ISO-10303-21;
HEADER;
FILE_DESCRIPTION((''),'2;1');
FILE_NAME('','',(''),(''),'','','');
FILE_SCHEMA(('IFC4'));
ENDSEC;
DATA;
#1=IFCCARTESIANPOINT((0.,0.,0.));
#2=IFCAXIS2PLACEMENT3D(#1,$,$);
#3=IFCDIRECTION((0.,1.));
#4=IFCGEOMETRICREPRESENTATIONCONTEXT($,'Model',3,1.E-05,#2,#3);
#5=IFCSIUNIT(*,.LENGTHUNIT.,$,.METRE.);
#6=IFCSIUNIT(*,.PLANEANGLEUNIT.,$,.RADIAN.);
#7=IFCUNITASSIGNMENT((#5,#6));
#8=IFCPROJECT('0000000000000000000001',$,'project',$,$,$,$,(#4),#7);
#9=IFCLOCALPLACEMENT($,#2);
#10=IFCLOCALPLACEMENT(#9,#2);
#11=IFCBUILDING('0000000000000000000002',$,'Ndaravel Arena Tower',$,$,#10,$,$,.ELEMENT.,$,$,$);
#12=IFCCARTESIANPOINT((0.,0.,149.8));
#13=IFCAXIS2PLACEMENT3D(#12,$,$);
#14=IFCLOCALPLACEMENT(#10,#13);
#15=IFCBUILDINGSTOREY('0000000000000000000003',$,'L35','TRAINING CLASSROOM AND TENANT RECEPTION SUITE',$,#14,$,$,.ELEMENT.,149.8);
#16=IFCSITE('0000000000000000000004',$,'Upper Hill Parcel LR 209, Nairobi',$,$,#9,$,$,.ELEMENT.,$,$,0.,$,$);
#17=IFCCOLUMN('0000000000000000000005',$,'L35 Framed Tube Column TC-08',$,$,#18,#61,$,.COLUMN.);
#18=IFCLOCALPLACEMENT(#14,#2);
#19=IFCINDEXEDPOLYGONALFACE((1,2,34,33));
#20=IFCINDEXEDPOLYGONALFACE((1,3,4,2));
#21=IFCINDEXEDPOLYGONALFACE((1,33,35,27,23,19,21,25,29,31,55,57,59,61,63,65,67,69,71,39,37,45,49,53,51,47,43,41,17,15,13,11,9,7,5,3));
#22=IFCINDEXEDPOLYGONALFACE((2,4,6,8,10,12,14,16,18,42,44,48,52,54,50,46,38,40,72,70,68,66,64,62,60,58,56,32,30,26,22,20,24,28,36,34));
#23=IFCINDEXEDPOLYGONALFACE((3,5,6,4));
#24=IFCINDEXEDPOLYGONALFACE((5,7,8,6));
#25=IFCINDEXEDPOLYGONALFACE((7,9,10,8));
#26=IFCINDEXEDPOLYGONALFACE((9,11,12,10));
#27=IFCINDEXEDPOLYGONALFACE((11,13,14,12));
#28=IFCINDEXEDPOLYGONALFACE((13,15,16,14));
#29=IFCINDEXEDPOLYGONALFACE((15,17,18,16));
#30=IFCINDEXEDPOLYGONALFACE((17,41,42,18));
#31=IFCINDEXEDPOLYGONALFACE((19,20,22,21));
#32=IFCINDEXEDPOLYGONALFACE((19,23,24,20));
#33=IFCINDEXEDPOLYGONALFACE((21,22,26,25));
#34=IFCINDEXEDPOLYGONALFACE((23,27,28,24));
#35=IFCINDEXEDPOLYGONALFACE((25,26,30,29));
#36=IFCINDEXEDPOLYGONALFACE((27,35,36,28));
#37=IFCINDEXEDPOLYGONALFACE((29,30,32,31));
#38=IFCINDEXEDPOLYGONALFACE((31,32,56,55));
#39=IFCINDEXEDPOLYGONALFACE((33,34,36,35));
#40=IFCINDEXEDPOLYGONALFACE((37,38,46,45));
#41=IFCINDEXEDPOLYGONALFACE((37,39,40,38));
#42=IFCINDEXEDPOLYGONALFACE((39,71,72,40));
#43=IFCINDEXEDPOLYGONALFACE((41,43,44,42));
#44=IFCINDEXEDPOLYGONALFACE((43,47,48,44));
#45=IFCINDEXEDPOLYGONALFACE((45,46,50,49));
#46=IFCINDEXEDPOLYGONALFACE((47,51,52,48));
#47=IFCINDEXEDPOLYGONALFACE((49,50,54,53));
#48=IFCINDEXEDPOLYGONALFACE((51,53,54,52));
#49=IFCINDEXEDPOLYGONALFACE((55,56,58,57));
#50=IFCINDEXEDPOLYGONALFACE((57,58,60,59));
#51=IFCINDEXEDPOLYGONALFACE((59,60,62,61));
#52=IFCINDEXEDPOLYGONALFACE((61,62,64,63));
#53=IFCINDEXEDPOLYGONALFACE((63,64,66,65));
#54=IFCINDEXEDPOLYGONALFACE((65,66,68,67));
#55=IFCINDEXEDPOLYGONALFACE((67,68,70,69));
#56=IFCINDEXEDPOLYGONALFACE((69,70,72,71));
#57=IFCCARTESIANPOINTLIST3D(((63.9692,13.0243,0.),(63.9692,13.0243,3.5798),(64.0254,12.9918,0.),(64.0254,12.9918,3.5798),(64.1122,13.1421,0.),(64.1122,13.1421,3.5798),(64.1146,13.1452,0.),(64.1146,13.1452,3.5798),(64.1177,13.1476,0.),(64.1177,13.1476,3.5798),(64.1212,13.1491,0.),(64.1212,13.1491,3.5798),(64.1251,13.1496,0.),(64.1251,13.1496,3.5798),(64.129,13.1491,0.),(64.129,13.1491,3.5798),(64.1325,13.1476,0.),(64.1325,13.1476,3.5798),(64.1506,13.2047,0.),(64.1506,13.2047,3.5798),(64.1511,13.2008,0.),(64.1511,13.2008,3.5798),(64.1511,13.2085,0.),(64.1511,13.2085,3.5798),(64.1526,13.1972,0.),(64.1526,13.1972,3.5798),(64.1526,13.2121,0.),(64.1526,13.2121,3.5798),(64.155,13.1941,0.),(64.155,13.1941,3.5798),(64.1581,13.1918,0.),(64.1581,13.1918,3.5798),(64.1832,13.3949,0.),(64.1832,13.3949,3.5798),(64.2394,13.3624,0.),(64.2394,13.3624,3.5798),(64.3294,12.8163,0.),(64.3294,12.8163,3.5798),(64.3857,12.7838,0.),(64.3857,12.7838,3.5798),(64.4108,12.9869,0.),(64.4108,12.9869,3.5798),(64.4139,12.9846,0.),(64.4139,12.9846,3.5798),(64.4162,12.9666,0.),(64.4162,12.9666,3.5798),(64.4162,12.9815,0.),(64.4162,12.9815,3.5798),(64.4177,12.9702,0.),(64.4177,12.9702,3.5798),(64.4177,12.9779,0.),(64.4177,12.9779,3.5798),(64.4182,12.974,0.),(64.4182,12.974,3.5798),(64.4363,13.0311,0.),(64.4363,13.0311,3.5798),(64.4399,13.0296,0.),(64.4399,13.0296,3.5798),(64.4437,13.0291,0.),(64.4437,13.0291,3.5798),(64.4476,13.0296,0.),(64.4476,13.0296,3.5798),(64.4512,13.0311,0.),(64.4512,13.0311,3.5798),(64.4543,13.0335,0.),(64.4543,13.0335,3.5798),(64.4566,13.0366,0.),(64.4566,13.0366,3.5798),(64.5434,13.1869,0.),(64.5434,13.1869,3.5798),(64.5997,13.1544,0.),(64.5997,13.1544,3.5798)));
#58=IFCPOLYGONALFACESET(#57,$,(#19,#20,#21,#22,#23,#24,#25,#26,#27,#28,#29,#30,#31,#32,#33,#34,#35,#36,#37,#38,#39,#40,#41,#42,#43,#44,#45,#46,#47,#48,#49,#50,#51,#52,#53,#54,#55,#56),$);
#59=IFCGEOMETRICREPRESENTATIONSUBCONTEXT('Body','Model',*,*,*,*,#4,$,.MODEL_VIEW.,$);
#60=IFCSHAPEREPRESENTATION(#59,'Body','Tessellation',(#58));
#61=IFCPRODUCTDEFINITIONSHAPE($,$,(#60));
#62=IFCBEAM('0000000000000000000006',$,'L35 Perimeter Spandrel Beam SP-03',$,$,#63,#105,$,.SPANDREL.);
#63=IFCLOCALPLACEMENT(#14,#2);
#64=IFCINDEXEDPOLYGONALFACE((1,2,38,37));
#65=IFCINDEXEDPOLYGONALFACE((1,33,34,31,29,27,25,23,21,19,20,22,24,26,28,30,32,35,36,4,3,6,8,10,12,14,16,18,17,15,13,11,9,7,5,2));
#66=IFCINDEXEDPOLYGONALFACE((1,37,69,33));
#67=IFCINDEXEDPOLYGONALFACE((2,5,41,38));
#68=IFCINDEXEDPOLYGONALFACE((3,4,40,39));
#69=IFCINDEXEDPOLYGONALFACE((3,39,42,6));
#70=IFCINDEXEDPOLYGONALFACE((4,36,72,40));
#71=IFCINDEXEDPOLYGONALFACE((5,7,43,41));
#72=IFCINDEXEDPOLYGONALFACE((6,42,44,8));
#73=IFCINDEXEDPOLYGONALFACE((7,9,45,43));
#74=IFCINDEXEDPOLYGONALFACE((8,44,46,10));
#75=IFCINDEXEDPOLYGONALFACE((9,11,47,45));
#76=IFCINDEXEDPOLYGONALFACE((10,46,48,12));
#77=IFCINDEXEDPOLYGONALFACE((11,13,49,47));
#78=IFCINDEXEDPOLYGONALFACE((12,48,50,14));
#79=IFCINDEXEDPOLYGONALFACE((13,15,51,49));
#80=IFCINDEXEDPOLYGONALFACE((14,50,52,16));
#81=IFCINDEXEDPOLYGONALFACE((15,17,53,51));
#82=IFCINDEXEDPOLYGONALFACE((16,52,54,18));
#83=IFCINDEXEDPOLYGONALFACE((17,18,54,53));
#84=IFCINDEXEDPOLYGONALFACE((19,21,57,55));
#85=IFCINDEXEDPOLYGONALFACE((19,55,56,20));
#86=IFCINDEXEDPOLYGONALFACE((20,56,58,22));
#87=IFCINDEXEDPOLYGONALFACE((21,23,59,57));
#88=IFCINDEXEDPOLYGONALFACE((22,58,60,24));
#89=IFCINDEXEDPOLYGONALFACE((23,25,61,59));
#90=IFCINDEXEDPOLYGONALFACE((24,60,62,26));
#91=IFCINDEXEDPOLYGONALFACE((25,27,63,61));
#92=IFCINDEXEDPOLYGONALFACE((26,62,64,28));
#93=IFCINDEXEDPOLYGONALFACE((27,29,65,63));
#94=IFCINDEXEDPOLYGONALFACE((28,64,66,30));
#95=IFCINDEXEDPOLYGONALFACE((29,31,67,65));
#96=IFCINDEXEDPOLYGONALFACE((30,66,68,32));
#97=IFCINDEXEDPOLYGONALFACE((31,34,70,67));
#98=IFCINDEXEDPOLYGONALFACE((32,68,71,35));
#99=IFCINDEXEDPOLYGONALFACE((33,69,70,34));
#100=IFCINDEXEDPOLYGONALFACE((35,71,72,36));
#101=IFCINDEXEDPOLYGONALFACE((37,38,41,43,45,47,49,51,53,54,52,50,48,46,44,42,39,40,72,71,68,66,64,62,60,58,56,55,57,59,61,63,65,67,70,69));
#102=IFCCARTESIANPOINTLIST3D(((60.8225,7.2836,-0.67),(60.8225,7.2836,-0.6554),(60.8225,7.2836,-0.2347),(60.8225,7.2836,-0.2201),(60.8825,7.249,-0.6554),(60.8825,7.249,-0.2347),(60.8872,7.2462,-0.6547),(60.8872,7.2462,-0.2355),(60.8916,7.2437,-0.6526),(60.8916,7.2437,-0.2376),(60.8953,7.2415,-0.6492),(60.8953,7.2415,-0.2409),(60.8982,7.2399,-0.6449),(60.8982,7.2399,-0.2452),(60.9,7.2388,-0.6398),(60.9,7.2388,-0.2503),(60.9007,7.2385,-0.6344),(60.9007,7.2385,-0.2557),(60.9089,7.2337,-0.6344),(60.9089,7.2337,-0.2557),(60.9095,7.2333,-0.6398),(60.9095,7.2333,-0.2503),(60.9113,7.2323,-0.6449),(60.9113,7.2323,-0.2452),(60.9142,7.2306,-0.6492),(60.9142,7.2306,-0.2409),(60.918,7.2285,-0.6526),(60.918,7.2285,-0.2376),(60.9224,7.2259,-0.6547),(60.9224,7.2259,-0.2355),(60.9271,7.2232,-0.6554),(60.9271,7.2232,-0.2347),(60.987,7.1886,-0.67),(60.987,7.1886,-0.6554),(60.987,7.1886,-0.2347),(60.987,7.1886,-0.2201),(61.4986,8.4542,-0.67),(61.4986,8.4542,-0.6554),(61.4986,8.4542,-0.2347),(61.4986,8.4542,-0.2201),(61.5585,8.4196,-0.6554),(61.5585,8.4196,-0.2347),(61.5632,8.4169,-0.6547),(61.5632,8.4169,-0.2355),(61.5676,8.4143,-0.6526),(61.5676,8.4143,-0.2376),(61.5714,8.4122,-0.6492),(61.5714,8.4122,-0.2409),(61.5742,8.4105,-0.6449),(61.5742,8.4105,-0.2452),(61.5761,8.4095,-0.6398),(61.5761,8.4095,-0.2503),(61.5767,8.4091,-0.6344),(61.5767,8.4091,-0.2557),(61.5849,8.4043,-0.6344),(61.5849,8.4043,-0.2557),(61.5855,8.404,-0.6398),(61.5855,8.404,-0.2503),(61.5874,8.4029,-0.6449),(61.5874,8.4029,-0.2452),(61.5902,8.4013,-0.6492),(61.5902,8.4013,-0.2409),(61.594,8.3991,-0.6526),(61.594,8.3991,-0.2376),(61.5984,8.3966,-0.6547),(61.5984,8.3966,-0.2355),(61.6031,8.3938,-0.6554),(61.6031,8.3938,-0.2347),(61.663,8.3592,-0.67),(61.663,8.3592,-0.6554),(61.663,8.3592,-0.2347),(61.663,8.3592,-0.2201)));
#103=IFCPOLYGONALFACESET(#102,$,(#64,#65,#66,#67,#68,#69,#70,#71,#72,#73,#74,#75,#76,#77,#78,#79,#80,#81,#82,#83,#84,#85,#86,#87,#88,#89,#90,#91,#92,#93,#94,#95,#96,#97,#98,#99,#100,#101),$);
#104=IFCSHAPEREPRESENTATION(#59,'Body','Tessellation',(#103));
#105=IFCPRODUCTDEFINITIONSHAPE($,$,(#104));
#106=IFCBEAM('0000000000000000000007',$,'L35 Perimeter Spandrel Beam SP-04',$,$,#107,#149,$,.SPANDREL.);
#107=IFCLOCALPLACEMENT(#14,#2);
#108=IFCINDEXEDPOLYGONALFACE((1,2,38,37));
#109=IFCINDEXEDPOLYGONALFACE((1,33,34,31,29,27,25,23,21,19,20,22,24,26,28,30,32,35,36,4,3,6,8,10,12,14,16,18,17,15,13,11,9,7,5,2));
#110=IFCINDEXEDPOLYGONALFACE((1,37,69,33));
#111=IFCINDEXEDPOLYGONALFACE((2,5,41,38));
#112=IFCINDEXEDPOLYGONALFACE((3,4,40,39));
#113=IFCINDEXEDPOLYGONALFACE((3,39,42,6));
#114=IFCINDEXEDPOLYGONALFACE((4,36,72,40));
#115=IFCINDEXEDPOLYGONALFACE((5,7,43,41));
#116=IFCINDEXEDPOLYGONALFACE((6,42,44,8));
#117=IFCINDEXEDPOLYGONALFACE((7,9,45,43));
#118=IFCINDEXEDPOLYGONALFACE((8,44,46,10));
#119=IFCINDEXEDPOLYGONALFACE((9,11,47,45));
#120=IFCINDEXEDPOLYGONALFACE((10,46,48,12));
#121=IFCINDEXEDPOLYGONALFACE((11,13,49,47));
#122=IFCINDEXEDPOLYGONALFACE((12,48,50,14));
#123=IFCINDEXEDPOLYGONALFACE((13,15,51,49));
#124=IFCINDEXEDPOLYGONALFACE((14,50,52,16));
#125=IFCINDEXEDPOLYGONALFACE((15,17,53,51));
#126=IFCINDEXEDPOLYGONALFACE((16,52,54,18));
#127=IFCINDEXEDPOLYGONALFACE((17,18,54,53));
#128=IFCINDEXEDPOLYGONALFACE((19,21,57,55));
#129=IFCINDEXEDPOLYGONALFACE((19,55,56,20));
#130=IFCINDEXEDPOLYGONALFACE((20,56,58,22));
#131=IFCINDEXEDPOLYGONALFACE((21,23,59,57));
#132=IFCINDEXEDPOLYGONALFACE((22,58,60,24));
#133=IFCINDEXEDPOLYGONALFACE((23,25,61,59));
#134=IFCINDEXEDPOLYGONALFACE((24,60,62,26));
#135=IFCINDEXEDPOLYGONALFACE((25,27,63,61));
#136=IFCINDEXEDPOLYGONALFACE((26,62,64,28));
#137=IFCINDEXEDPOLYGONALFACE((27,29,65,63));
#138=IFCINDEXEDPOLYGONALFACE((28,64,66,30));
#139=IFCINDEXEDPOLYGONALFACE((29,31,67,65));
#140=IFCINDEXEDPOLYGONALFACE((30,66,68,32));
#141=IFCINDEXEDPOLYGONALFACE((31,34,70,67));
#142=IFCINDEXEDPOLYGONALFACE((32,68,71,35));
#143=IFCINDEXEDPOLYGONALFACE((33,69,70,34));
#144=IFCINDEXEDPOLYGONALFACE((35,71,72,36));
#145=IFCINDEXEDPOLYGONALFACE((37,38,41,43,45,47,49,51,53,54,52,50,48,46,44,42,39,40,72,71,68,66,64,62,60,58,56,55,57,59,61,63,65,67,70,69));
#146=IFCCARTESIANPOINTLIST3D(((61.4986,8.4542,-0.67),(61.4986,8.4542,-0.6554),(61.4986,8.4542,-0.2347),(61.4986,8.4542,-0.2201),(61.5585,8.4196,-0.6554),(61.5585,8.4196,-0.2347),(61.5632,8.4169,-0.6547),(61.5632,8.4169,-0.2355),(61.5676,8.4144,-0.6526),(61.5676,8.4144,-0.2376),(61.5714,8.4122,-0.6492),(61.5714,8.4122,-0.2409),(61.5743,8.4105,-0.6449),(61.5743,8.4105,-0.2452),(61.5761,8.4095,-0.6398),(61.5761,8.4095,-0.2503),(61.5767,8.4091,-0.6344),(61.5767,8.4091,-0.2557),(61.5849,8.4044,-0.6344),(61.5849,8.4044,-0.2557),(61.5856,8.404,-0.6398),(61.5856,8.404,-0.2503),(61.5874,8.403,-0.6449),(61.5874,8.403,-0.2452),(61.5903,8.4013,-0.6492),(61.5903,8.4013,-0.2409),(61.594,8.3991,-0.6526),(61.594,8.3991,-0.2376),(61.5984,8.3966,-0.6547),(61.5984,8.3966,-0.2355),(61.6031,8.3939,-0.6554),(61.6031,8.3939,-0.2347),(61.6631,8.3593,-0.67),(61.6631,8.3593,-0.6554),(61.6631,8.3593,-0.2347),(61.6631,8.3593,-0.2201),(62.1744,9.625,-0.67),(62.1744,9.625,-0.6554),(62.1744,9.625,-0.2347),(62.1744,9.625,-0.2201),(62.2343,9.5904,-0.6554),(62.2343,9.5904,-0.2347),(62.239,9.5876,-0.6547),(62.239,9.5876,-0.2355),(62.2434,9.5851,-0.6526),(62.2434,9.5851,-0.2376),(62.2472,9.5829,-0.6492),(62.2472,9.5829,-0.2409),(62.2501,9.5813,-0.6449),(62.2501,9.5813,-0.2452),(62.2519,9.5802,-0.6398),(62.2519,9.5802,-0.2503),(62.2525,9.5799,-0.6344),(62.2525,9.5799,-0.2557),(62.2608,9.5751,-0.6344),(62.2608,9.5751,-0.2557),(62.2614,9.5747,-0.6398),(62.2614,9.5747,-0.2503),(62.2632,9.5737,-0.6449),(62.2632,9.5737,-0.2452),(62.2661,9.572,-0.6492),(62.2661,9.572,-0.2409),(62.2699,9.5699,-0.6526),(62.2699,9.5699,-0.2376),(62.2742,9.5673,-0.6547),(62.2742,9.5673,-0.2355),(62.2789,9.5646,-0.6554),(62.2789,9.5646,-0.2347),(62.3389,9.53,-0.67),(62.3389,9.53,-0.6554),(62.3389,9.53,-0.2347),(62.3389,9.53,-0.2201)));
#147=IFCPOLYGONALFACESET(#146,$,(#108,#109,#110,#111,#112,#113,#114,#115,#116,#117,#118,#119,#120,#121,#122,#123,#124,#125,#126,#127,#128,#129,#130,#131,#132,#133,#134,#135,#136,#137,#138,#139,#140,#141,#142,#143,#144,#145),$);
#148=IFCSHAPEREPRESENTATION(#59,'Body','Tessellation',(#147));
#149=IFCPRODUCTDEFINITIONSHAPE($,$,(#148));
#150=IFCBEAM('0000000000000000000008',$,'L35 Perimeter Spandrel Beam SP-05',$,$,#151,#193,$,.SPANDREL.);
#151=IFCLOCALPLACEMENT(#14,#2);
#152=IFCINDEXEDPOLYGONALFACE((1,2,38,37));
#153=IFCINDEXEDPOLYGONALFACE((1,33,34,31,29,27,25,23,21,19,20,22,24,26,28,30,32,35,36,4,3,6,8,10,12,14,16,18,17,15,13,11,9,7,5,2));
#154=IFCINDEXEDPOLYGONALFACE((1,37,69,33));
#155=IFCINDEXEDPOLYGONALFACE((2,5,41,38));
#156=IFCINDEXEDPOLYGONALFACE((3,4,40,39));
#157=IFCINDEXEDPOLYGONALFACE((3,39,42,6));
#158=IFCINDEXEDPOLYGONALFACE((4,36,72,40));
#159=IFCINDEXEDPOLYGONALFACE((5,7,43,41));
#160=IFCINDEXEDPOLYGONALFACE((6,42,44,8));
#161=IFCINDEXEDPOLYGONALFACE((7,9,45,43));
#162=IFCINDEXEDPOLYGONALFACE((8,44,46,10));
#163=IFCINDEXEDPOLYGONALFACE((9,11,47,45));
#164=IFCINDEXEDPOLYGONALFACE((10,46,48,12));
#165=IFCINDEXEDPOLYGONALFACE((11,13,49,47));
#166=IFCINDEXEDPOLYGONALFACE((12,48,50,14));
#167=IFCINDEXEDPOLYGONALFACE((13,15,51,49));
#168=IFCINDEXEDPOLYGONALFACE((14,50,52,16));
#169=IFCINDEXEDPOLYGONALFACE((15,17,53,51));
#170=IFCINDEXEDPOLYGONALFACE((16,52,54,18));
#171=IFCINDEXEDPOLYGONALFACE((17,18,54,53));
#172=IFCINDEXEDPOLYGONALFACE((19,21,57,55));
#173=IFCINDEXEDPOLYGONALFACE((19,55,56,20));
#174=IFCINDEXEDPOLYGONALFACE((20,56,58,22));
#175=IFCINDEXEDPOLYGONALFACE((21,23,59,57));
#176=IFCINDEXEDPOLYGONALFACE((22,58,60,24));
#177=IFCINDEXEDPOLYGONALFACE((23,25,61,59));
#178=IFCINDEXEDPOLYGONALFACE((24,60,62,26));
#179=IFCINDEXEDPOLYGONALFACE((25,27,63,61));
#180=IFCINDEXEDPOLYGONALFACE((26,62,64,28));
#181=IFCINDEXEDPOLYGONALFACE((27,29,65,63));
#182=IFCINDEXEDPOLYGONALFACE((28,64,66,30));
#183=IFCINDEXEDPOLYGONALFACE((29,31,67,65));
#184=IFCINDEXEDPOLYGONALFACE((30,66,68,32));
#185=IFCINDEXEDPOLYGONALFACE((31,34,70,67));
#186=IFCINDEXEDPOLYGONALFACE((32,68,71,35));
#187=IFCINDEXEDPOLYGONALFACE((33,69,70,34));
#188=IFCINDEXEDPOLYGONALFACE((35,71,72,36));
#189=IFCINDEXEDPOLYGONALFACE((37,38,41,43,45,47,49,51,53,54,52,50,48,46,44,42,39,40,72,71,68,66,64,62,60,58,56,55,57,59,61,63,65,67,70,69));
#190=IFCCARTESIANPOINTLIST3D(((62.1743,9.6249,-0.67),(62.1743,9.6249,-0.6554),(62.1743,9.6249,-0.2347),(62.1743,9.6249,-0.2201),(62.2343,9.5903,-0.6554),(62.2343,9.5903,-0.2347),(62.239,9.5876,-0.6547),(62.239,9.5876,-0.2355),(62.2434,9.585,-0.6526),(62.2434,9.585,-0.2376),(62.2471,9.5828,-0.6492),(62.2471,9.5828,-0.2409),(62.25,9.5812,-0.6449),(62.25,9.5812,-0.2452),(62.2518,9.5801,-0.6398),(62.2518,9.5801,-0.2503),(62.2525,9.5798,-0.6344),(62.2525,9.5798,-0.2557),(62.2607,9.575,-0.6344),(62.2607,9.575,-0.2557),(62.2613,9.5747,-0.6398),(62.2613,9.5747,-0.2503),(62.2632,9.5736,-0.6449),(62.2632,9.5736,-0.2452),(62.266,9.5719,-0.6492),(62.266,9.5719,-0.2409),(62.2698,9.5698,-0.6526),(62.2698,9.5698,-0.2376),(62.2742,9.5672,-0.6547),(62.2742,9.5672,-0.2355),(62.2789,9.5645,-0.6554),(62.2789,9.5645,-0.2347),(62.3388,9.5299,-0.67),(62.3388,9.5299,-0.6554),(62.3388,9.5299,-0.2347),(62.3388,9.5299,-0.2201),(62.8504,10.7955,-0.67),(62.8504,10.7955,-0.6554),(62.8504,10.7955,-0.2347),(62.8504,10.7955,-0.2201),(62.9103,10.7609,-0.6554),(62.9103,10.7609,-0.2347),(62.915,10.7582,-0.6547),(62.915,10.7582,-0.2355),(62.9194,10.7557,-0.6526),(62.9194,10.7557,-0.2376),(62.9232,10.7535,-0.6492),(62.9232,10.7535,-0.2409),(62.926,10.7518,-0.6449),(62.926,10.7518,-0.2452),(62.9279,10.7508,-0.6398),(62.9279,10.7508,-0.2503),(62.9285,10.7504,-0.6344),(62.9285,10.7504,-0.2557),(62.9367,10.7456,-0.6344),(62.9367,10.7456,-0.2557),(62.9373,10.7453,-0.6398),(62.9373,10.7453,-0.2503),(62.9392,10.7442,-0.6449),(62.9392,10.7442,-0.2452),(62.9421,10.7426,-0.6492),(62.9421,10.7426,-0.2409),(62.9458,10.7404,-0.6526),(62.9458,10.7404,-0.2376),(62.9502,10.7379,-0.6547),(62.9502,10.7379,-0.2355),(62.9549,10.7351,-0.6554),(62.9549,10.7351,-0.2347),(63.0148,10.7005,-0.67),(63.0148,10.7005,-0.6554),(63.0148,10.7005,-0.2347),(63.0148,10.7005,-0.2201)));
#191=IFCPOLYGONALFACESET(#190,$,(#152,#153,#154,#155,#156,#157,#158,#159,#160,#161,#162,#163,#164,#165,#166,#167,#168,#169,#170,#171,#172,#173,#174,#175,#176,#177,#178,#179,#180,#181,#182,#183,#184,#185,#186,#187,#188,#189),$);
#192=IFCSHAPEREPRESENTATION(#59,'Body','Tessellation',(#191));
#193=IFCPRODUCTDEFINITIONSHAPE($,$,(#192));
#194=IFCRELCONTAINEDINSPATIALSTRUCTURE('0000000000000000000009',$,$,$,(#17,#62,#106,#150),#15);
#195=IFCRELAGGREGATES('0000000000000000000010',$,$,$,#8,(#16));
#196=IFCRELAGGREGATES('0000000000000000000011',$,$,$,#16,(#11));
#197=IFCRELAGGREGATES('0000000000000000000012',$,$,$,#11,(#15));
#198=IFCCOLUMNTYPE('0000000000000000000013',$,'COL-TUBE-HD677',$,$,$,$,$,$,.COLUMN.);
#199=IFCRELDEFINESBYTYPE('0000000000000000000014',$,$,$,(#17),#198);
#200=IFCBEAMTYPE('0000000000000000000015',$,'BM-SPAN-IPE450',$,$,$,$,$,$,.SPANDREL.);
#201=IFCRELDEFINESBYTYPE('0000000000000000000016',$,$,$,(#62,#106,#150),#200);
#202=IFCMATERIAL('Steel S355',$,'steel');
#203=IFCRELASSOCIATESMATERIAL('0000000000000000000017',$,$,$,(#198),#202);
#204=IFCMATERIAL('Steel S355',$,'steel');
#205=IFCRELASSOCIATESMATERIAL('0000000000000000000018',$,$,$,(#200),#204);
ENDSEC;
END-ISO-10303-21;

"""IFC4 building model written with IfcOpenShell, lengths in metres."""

from ifc_helpers import new_model, si_unit, direction, frame, origin, origin_2d, place, context, subcontext, project, spatial, i_section, extrude, material, material_profile, profile_set, type_object, element, save


model = new_model("IFC4")

# Units and contexts
model_context = context("Model", 3, precision=1e-05, world=origin(), true_north=direction((0.0, 1.0)))
body_context = subcontext(model_context, "Body", "Model", "MODEL_VIEW")
ifc_project = project(units=[si_unit("LENGTHUNIT", "METRE"), si_unit("PLANEANGLEUNIT", "RADIAN")], contexts=[model_context])

# Site, building, storey
site_placement = place(None, origin())
site = spatial("IfcSite", under=ifc_project, at=site_placement, Name="Upper Hill Parcel LR 209, Nairobi", CompositionType="ELEMENT", RefElevation=0.0)
building_placement = place(site_placement, origin())
building = spatial("IfcBuilding", under=site, at=building_placement, Name="Ndaravel Arena Tower", CompositionType="ELEMENT")
storey_placement = place(building_placement, frame((0.0, 0.0, 149.8)))
storey = spatial("IfcBuildingStorey", under=building, at=storey_placement, Name="L35", Description="TRAINING CLASSROOM AND TENANT RECEPTION SUITE", CompositionType="ELEMENT", Elevation=149.8)

# Column
ifc_material_1 = material(Name="Steel S355", Category="steel")
ifc_material_profile_1 = material_profile(ifc_material_1, i_section(OverallWidth=0.428, OverallDepth=0.481, WebThickness=0.051, FlangeThickness=0.0649, FilletRadius=0.0149, at=origin_2d()), Name="HD 400x677")
ifc_profile_set_1 = profile_set([ifc_material_profile_1], Name="Steel S355")
column_type = type_object("IfcColumnType", Name="COL-TUBE-HD677", PredefinedType="COLUMN", material=ifc_profile_set_1)
for number, where, z_axis, x_axis, name in (
    (1, (64.2844, 13.0894, 0.0), (0.0, 0.0, 1.0), (0.5, 0.866025, 0.0), "L35 Framed Tube Column TC-08"),
):
    element("IfcColumn", number, at=place(storey_placement, frame(where, z_axis=z_axis, x_axis=x_axis)), inside=storey, type_object=column_type, Name=name, PredefinedType="COLUMN", context=body_context, shape_type="SweptSolid", body=[
        extrude(i_section(OverallWidth=0.428, OverallDepth=0.481, WebThickness=0.051, FlangeThickness=0.0649, FilletRadius=0.0149, at=origin_2d()), origin(), (0.0, 0.0, 1.0), 3.5798),
    ])

# Beams
ifc_material_2 = material(Name="Steel S355", Category="steel")
ifc_material_profile_2 = material_profile(ifc_material_2, i_section(OverallWidth=0.1899, OverallDepth=0.45, WebThickness=0.0095, FlangeThickness=0.0146, FilletRadius=0.021, at=origin_2d()), Name="IPE 450")
ifc_profile_set_2 = profile_set([ifc_material_profile_2], Name="Steel S355")
beam_type = type_object("IfcBeamType", Name="BM-SPAN-IPE450", PredefinedType="SPANDREL", material=ifc_profile_set_2)
for number, where, z_axis, x_axis, name in (
    (2, (60.9048, 7.2361, -0.4451), (0.500082, 0.865978, 0.0), (-0.865978, 0.500082, 0.0), "L35 Perimeter Spandrel Beam SP-03"),
    (3, (61.5808, 8.4067, -0.4451), (0.499947, 0.866056, 0.0), (-0.866056, 0.499947, 0.0), "L35 Perimeter Spandrel Beam SP-04"),
    (4, (62.2566, 9.5774, -0.4451), (0.500082, 0.865978, 0.0), (-0.865978, 0.500082, 0.0), "L35 Perimeter Spandrel Beam SP-05"),
):
    element("IfcBeam", number, at=place(storey_placement, frame(where, z_axis=z_axis, x_axis=x_axis)), inside=storey, type_object=beam_type, Name=name, PredefinedType="SPANDREL", context=body_context, shape_type="SweptSolid", body=[
        extrude(i_section(OverallWidth=0.1899, OverallDepth=0.45, WebThickness=0.0095, FlangeThickness=0.0146, FilletRadius=0.021, at=origin_2d()), origin(), (0.0, 0.0, 1.0), 1.3518),
    ])

save(model, "model.ifc")
